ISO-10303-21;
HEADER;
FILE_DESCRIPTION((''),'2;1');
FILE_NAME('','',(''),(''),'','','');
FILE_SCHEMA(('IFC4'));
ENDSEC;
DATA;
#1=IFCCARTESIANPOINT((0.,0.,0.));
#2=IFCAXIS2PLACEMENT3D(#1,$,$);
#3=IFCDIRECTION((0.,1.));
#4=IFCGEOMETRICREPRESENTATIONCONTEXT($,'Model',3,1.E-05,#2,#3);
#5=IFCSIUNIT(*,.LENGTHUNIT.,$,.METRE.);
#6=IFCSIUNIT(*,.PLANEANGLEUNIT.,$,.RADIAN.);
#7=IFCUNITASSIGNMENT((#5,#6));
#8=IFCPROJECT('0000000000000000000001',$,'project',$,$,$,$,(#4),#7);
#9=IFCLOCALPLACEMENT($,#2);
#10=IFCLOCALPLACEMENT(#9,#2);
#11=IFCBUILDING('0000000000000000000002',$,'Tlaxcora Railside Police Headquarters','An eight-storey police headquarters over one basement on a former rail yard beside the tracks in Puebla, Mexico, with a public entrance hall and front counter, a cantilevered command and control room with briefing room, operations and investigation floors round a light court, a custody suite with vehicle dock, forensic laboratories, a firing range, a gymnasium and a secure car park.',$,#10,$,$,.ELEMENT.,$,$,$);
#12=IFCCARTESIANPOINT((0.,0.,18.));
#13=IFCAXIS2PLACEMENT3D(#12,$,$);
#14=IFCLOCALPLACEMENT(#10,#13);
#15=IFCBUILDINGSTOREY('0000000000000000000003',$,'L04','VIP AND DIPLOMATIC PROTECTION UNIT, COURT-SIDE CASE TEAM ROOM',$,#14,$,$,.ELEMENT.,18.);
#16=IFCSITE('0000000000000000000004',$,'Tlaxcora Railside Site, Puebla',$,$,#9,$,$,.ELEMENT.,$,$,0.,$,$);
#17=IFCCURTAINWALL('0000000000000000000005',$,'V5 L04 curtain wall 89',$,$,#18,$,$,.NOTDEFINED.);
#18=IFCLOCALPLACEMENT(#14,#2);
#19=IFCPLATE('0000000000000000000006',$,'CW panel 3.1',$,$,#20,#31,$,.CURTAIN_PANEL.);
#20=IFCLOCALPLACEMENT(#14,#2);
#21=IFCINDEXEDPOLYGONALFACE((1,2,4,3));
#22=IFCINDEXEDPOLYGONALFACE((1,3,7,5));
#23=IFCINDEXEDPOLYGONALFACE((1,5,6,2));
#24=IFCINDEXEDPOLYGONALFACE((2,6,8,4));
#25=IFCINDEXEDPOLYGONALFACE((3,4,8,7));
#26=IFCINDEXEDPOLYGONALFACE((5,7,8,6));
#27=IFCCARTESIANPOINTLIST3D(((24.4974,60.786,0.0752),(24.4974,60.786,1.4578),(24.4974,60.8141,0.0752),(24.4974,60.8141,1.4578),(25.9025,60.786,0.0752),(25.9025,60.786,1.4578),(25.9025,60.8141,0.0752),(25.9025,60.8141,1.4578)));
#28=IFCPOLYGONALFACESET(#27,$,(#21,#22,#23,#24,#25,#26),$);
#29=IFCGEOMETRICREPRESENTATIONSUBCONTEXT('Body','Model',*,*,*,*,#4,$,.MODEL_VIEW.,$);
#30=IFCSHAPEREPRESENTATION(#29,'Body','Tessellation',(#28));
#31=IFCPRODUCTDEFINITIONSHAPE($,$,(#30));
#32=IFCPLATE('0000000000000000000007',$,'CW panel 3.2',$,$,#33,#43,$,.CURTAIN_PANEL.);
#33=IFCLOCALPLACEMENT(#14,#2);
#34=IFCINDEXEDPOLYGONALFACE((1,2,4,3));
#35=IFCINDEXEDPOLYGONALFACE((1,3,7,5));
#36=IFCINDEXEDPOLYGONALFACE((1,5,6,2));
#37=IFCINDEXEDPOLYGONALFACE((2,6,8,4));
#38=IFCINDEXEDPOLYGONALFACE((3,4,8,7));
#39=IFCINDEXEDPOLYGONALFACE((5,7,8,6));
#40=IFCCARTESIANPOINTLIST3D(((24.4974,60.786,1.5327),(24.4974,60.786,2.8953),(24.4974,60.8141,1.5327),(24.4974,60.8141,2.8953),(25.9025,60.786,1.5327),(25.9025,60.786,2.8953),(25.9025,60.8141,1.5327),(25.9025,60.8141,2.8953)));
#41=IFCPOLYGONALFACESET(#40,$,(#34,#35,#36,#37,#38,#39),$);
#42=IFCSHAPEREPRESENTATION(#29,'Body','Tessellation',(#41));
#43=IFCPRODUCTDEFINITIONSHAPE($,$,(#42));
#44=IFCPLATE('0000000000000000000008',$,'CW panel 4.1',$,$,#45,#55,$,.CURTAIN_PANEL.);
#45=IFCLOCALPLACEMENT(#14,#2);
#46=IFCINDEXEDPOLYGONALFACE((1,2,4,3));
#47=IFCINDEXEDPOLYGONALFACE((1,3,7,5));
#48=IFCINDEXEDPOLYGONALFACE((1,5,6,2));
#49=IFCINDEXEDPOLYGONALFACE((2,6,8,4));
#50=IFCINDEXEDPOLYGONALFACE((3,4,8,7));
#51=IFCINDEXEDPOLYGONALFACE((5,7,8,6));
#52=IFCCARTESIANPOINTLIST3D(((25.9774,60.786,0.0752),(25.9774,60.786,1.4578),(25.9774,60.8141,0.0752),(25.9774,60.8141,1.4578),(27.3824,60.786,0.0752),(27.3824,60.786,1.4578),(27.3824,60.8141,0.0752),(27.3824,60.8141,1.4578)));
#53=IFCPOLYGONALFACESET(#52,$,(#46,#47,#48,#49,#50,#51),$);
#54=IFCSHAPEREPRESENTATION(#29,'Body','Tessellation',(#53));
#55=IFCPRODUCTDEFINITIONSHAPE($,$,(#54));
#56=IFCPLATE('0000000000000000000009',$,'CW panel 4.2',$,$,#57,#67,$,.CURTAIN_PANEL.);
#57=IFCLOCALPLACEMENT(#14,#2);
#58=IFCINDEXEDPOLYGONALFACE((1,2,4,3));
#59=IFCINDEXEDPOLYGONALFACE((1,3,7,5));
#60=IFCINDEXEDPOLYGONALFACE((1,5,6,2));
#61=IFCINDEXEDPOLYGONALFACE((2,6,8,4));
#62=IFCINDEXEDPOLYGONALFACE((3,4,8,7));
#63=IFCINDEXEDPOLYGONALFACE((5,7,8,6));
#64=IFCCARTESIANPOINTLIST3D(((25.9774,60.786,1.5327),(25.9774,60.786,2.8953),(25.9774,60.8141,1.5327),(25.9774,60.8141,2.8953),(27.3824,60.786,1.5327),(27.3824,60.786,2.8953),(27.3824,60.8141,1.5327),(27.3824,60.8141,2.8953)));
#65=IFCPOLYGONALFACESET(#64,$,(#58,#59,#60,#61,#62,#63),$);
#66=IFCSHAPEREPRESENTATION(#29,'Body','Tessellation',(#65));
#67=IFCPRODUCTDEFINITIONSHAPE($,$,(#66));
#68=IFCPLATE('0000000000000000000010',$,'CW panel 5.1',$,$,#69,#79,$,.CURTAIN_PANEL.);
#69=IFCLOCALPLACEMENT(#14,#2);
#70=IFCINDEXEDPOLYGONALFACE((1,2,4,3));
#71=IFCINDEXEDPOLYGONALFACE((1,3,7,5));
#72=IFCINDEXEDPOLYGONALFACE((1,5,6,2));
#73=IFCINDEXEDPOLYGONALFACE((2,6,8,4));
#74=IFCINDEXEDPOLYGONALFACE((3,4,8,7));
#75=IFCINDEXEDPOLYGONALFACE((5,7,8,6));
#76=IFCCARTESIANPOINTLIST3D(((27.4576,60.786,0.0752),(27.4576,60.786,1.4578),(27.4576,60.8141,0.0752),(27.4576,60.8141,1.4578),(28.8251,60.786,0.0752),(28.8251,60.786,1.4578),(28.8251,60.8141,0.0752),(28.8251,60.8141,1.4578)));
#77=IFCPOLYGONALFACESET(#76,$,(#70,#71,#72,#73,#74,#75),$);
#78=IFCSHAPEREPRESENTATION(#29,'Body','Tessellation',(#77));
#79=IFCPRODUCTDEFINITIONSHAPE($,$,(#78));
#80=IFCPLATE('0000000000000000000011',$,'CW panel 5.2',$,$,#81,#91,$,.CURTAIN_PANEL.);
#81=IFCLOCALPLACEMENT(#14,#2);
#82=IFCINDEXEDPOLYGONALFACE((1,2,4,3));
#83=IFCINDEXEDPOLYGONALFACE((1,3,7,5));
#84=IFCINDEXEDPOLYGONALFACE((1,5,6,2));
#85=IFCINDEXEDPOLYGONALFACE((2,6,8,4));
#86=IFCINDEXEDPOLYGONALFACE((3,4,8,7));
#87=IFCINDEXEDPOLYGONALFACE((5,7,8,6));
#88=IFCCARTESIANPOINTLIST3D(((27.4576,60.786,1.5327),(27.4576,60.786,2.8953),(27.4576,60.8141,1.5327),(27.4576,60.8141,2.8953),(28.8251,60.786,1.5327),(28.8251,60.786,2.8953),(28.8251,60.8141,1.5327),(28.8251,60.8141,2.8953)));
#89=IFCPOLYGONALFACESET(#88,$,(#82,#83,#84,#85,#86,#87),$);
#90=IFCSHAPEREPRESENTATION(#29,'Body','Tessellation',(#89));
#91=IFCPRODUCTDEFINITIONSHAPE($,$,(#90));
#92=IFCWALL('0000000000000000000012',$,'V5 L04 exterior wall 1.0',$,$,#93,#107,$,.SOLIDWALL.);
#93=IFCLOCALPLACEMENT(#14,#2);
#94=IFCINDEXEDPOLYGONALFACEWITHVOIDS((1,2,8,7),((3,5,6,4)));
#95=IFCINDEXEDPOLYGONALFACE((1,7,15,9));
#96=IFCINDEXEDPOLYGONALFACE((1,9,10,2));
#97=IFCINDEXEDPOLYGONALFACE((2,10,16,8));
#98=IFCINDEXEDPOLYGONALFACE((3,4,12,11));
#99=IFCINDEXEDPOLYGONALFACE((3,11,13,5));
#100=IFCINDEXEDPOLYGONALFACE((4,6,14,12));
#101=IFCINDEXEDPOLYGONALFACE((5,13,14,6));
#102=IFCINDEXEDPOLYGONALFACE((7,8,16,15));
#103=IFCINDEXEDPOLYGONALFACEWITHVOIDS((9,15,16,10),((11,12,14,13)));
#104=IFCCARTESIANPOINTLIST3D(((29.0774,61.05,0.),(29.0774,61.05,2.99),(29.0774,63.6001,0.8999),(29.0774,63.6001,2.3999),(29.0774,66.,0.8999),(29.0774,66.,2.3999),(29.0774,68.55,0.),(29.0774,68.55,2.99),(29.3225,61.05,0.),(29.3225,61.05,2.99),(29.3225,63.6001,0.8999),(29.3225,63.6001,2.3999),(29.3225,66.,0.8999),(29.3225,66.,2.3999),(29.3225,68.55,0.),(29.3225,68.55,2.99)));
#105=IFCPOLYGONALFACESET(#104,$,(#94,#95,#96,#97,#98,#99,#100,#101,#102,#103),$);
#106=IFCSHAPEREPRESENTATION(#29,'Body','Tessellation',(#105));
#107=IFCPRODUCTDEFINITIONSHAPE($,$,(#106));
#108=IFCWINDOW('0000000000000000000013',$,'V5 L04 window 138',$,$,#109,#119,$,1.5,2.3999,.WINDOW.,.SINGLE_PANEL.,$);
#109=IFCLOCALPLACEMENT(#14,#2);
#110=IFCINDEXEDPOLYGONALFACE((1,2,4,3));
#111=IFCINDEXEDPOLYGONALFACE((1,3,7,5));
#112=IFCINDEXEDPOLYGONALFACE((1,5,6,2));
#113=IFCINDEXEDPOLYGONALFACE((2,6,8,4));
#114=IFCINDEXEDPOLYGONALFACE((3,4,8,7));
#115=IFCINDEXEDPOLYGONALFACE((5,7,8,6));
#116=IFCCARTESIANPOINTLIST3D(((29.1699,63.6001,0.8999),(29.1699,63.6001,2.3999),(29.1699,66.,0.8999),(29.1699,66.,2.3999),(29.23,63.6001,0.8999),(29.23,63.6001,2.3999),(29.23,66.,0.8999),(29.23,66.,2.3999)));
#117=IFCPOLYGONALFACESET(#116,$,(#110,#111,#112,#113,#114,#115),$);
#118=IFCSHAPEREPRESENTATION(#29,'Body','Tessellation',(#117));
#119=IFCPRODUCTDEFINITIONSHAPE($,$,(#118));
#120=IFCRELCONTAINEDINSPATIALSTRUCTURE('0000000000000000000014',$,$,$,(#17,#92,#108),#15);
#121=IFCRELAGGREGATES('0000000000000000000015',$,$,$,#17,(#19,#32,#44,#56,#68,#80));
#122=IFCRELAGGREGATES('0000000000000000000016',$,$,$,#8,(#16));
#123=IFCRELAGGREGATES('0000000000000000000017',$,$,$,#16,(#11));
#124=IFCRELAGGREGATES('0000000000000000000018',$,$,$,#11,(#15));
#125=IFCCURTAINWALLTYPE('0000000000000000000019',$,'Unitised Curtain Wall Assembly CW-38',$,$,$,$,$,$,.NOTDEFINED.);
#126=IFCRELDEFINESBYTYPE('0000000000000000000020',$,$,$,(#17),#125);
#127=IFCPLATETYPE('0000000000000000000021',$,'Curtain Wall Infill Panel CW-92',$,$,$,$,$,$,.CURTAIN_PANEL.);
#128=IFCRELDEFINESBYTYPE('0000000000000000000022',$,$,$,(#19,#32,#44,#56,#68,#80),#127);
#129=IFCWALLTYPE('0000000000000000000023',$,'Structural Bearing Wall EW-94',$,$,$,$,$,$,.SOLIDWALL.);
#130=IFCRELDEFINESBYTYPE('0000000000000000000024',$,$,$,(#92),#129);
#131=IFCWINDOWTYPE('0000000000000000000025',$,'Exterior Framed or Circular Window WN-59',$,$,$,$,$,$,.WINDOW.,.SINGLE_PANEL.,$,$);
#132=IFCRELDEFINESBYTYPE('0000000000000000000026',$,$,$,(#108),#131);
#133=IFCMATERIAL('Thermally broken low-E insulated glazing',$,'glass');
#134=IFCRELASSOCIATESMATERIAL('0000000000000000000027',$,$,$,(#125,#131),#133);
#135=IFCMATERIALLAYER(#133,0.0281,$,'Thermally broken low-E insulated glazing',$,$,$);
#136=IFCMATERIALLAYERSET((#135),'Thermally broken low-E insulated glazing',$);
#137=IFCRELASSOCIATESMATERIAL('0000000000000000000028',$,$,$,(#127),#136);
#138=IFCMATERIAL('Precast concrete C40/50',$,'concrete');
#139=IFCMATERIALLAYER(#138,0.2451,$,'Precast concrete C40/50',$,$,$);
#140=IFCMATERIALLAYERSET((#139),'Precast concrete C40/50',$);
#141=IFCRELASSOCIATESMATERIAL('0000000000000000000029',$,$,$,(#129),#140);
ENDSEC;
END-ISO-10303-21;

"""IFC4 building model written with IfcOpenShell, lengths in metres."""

from ifc_helpers import new_model, si_unit, direction, frame, frame_2d, origin, origin_2d, place, context, subcontext, project, spatial, rectangle, extrude, material, layer, layer_set, type_object, element, fill, aggregate, save


model = new_model("IFC4")

# Units and contexts
model_context = context("Model", 3, precision=1e-05, world=origin(), true_north=direction((0.0, 1.0)))
body_context = subcontext(model_context, "Body", "Model", "MODEL_VIEW")
ifc_project = project(units=[si_unit("LENGTHUNIT", "METRE"), si_unit("PLANEANGLEUNIT", "RADIAN")], contexts=[model_context])

# Site, building, storey
site_placement = place(None, origin())
site = spatial("IfcSite", under=ifc_project, at=site_placement, Name="Tlaxcora Railside Site, Puebla", CompositionType="ELEMENT", RefElevation=0.0)
building_placement = place(site_placement, origin())
building = spatial("IfcBuilding", under=site, at=building_placement, Name="Tlaxcora Railside Police Headquarters", Description="An eight-storey police headquarters over one basement on a former rail yard beside the tracks in Puebla, Mexico, with a public entrance hall and front counter, a cantilevered command and control room with briefing room, operations and investigation floors round a light court, a custody suite with vehicle dock, forensic laboratories, a firing range, a gymnasium and a secure car park.", CompositionType="ELEMENT")
storey_placement = place(building_placement, frame((0.0, 0.0, 18.0)))
storey = spatial("IfcBuildingStorey", under=building, at=storey_placement, Name="L04", Description="VIP AND DIPLOMATIC PROTECTION UNIT, COURT-SIDE CASE TEAM ROOM", CompositionType="ELEMENT", Elevation=18.0)

# Curtain wall
ifc_material_1 = material(Name="Thermally broken low-E insulated glazing", Category="glass")
curtain_wall_type = type_object("IfcCurtainWallType", Name="Unitised Curtain Wall Assembly CW-38", PredefinedType="NOTDEFINED", material=ifc_material_1)
curtain_wall_placement = place(storey_placement, origin())
curtain_wall = element("IfcCurtainWall", 1, at=curtain_wall_placement, inside=storey, type_object=curtain_wall_type, Name="V5 L04 curtain wall 89", PredefinedType="NOTDEFINED")

# Plates
ifc_layer_1 = layer(ifc_material_1, 0.0281, Name="Thermally broken low-E insulated glazing")
ifc_layer_set_1 = layer_set([ifc_layer_1], Name="Thermally broken low-E insulated glazing")
plate_type = type_object("IfcPlateType", Name="Curtain Wall Infill Panel CW-92", PredefinedType="CURTAIN_PANEL", material=ifc_layer_set_1)
plate_1_placement = place(storey_placement, frame((25.2, 60.8, 0.0752), z_axis=(0.0, 0.0, 1.0), x_axis=(1.0, 0.0, 0.0)))
plate_1 = element("IfcPlate", 2, at=plate_1_placement, type_object=plate_type, Name="CW panel 3.1", PredefinedType="CURTAIN_PANEL", context=body_context, shape_type="SweptSolid", body=[
    extrude(rectangle(XDim=1.405, YDim=0.0281, at=origin_2d()), origin(), (0.0, 0.0, 1.0), 1.3826),
])
plate_2_placement = place(storey_placement, frame((25.2, 60.8, 1.5327), z_axis=(0.0, 0.0, 1.0), x_axis=(1.0, 0.0, 0.0)))
plate_2 = element("IfcPlate", 3, at=plate_2_placement, type_object=plate_type, Name="CW panel 3.2", PredefinedType="CURTAIN_PANEL", context=body_context, shape_type="SweptSolid", body=[
    extrude(rectangle(XDim=1.405, YDim=0.0281, at=origin_2d()), origin(), (0.0, 0.0, 1.0), 1.3625),
])
plate_3_placement = place(storey_placement, frame((26.6799, 60.8, 0.0752), z_axis=(0.0, 0.0, 1.0), x_axis=(1.0, 0.0, 0.0)))
plate_3 = element("IfcPlate", 4, at=plate_3_placement, type_object=plate_type, Name="CW panel 4.1", PredefinedType="CURTAIN_PANEL", context=body_context, shape_type="SweptSolid", body=[
    extrude(rectangle(XDim=1.405, YDim=0.0281, at=origin_2d()), origin(), (0.0, 0.0, 1.0), 1.3826),
])
plate_4_placement = place(storey_placement, frame((26.6799, 60.8, 1.5327), z_axis=(0.0, 0.0, 1.0), x_axis=(1.0, 0.0, 0.0)))
plate_4 = element("IfcPlate", 5, at=plate_4_placement, type_object=plate_type, Name="CW panel 4.2", PredefinedType="CURTAIN_PANEL", context=body_context, shape_type="SweptSolid", body=[
    extrude(rectangle(XDim=1.405, YDim=0.0281, at=origin_2d()), origin(), (0.0, 0.0, 1.0), 1.3625),
])
plate_5_placement = place(storey_placement, frame((28.1414, 60.8, 0.0752), z_axis=(0.0, 0.0, 1.0), x_axis=(1.0, 0.0, 0.0)))
plate_5 = element("IfcPlate", 6, at=plate_5_placement, type_object=plate_type, Name="CW panel 5.1", PredefinedType="CURTAIN_PANEL", context=body_context, shape_type="SweptSolid", body=[
    extrude(rectangle(XDim=1.3674, YDim=0.0281, at=origin_2d()), origin(), (0.0, 0.0, 1.0), 1.3826),
])
plate_6_placement = place(storey_placement, frame((28.1414, 60.8, 1.5327), z_axis=(0.0, 0.0, 1.0), x_axis=(1.0, 0.0, 0.0)))
plate_6 = element("IfcPlate", 7, at=plate_6_placement, type_object=plate_type, Name="CW panel 5.2", PredefinedType="CURTAIN_PANEL", context=body_context, shape_type="SweptSolid", body=[
    extrude(rectangle(XDim=1.3674, YDim=0.0281, at=origin_2d()), origin(), (0.0, 0.0, 1.0), 1.3625),
])
aggregate(curtain_wall, [plate_1, plate_2, plate_3, plate_4, plate_5, plate_6])

# Wall, opening, window
ifc_material_2 = material(Name="Precast concrete C40/50", Category="concrete")
ifc_layer_2 = layer(ifc_material_2, 0.2451, Name="Precast concrete C40/50")
ifc_layer_set_2 = layer_set([ifc_layer_2], Name="Precast concrete C40/50")
wall_type = type_object("IfcWallType", Name="Structural Bearing Wall EW-94", PredefinedType="SOLIDWALL", material=ifc_layer_set_2)
wall_placement = place(storey_placement, frame((29.2, 61.05, 0.0), z_axis=(0.0, 0.0, 1.0), x_axis=(0.0, 1.0, 0.0)))
wall = element("IfcWall", 8, at=wall_placement, inside=storey, type_object=wall_type, Name="V5 L04 exterior wall 1.0", PredefinedType="SOLIDWALL", context=body_context, shape_type="SweptSolid", body=[
    extrude(rectangle(XDim=7.5, YDim=0.2451, at=frame_2d((3.75, 0.0))), origin(), (0.0, 0.0, 1.0), 2.99),
])
opening_placement = place(wall_placement, frame((2.55, 0.0, 0.8999)))
opening = element("IfcOpeningElement", 9, at=opening_placement, cuts=wall, PredefinedType="OPENING", context=body_context, shape_type="SweptSolid", body=[
    extrude(rectangle(XDim=2.3999, YDim=1.5, at=frame_2d((1.2, 0.75))), frame((0.0, 0.1326, 0.0), z_axis=(0.0, -1.0, 0.0), x_axis=(1.0, 0.0, 0.0)), (0.0, 0.0, 1.0), 0.2651),
])
window_type = type_object("IfcWindowType", Name="Exterior Framed or Circular Window WN-59", PartitioningType="SINGLE_PANEL", PredefinedType="WINDOW", material=ifc_material_1)
window_placement = place(opening_placement, origin())
window = element("IfcWindow", 10, at=window_placement, inside=storey, type_object=window_type, Name="V5 L04 window 138", OverallHeight=1.5, OverallWidth=2.3999, PartitioningType="SINGLE_PANEL", PredefinedType="WINDOW", context=body_context, shape_type="SweptSolid", body=[
    extrude(rectangle(XDim=2.3999, YDim=1.5, at=frame_2d((1.2, 0.75))), frame((0.0, 0.03, 0.0), z_axis=(0.0, -1.0, 0.0), x_axis=(1.0, 0.0, 0.0)), (0.0, 0.0, 1.0), 0.0601),
])
fill(opening, window)

save(model, "model.ifc")
